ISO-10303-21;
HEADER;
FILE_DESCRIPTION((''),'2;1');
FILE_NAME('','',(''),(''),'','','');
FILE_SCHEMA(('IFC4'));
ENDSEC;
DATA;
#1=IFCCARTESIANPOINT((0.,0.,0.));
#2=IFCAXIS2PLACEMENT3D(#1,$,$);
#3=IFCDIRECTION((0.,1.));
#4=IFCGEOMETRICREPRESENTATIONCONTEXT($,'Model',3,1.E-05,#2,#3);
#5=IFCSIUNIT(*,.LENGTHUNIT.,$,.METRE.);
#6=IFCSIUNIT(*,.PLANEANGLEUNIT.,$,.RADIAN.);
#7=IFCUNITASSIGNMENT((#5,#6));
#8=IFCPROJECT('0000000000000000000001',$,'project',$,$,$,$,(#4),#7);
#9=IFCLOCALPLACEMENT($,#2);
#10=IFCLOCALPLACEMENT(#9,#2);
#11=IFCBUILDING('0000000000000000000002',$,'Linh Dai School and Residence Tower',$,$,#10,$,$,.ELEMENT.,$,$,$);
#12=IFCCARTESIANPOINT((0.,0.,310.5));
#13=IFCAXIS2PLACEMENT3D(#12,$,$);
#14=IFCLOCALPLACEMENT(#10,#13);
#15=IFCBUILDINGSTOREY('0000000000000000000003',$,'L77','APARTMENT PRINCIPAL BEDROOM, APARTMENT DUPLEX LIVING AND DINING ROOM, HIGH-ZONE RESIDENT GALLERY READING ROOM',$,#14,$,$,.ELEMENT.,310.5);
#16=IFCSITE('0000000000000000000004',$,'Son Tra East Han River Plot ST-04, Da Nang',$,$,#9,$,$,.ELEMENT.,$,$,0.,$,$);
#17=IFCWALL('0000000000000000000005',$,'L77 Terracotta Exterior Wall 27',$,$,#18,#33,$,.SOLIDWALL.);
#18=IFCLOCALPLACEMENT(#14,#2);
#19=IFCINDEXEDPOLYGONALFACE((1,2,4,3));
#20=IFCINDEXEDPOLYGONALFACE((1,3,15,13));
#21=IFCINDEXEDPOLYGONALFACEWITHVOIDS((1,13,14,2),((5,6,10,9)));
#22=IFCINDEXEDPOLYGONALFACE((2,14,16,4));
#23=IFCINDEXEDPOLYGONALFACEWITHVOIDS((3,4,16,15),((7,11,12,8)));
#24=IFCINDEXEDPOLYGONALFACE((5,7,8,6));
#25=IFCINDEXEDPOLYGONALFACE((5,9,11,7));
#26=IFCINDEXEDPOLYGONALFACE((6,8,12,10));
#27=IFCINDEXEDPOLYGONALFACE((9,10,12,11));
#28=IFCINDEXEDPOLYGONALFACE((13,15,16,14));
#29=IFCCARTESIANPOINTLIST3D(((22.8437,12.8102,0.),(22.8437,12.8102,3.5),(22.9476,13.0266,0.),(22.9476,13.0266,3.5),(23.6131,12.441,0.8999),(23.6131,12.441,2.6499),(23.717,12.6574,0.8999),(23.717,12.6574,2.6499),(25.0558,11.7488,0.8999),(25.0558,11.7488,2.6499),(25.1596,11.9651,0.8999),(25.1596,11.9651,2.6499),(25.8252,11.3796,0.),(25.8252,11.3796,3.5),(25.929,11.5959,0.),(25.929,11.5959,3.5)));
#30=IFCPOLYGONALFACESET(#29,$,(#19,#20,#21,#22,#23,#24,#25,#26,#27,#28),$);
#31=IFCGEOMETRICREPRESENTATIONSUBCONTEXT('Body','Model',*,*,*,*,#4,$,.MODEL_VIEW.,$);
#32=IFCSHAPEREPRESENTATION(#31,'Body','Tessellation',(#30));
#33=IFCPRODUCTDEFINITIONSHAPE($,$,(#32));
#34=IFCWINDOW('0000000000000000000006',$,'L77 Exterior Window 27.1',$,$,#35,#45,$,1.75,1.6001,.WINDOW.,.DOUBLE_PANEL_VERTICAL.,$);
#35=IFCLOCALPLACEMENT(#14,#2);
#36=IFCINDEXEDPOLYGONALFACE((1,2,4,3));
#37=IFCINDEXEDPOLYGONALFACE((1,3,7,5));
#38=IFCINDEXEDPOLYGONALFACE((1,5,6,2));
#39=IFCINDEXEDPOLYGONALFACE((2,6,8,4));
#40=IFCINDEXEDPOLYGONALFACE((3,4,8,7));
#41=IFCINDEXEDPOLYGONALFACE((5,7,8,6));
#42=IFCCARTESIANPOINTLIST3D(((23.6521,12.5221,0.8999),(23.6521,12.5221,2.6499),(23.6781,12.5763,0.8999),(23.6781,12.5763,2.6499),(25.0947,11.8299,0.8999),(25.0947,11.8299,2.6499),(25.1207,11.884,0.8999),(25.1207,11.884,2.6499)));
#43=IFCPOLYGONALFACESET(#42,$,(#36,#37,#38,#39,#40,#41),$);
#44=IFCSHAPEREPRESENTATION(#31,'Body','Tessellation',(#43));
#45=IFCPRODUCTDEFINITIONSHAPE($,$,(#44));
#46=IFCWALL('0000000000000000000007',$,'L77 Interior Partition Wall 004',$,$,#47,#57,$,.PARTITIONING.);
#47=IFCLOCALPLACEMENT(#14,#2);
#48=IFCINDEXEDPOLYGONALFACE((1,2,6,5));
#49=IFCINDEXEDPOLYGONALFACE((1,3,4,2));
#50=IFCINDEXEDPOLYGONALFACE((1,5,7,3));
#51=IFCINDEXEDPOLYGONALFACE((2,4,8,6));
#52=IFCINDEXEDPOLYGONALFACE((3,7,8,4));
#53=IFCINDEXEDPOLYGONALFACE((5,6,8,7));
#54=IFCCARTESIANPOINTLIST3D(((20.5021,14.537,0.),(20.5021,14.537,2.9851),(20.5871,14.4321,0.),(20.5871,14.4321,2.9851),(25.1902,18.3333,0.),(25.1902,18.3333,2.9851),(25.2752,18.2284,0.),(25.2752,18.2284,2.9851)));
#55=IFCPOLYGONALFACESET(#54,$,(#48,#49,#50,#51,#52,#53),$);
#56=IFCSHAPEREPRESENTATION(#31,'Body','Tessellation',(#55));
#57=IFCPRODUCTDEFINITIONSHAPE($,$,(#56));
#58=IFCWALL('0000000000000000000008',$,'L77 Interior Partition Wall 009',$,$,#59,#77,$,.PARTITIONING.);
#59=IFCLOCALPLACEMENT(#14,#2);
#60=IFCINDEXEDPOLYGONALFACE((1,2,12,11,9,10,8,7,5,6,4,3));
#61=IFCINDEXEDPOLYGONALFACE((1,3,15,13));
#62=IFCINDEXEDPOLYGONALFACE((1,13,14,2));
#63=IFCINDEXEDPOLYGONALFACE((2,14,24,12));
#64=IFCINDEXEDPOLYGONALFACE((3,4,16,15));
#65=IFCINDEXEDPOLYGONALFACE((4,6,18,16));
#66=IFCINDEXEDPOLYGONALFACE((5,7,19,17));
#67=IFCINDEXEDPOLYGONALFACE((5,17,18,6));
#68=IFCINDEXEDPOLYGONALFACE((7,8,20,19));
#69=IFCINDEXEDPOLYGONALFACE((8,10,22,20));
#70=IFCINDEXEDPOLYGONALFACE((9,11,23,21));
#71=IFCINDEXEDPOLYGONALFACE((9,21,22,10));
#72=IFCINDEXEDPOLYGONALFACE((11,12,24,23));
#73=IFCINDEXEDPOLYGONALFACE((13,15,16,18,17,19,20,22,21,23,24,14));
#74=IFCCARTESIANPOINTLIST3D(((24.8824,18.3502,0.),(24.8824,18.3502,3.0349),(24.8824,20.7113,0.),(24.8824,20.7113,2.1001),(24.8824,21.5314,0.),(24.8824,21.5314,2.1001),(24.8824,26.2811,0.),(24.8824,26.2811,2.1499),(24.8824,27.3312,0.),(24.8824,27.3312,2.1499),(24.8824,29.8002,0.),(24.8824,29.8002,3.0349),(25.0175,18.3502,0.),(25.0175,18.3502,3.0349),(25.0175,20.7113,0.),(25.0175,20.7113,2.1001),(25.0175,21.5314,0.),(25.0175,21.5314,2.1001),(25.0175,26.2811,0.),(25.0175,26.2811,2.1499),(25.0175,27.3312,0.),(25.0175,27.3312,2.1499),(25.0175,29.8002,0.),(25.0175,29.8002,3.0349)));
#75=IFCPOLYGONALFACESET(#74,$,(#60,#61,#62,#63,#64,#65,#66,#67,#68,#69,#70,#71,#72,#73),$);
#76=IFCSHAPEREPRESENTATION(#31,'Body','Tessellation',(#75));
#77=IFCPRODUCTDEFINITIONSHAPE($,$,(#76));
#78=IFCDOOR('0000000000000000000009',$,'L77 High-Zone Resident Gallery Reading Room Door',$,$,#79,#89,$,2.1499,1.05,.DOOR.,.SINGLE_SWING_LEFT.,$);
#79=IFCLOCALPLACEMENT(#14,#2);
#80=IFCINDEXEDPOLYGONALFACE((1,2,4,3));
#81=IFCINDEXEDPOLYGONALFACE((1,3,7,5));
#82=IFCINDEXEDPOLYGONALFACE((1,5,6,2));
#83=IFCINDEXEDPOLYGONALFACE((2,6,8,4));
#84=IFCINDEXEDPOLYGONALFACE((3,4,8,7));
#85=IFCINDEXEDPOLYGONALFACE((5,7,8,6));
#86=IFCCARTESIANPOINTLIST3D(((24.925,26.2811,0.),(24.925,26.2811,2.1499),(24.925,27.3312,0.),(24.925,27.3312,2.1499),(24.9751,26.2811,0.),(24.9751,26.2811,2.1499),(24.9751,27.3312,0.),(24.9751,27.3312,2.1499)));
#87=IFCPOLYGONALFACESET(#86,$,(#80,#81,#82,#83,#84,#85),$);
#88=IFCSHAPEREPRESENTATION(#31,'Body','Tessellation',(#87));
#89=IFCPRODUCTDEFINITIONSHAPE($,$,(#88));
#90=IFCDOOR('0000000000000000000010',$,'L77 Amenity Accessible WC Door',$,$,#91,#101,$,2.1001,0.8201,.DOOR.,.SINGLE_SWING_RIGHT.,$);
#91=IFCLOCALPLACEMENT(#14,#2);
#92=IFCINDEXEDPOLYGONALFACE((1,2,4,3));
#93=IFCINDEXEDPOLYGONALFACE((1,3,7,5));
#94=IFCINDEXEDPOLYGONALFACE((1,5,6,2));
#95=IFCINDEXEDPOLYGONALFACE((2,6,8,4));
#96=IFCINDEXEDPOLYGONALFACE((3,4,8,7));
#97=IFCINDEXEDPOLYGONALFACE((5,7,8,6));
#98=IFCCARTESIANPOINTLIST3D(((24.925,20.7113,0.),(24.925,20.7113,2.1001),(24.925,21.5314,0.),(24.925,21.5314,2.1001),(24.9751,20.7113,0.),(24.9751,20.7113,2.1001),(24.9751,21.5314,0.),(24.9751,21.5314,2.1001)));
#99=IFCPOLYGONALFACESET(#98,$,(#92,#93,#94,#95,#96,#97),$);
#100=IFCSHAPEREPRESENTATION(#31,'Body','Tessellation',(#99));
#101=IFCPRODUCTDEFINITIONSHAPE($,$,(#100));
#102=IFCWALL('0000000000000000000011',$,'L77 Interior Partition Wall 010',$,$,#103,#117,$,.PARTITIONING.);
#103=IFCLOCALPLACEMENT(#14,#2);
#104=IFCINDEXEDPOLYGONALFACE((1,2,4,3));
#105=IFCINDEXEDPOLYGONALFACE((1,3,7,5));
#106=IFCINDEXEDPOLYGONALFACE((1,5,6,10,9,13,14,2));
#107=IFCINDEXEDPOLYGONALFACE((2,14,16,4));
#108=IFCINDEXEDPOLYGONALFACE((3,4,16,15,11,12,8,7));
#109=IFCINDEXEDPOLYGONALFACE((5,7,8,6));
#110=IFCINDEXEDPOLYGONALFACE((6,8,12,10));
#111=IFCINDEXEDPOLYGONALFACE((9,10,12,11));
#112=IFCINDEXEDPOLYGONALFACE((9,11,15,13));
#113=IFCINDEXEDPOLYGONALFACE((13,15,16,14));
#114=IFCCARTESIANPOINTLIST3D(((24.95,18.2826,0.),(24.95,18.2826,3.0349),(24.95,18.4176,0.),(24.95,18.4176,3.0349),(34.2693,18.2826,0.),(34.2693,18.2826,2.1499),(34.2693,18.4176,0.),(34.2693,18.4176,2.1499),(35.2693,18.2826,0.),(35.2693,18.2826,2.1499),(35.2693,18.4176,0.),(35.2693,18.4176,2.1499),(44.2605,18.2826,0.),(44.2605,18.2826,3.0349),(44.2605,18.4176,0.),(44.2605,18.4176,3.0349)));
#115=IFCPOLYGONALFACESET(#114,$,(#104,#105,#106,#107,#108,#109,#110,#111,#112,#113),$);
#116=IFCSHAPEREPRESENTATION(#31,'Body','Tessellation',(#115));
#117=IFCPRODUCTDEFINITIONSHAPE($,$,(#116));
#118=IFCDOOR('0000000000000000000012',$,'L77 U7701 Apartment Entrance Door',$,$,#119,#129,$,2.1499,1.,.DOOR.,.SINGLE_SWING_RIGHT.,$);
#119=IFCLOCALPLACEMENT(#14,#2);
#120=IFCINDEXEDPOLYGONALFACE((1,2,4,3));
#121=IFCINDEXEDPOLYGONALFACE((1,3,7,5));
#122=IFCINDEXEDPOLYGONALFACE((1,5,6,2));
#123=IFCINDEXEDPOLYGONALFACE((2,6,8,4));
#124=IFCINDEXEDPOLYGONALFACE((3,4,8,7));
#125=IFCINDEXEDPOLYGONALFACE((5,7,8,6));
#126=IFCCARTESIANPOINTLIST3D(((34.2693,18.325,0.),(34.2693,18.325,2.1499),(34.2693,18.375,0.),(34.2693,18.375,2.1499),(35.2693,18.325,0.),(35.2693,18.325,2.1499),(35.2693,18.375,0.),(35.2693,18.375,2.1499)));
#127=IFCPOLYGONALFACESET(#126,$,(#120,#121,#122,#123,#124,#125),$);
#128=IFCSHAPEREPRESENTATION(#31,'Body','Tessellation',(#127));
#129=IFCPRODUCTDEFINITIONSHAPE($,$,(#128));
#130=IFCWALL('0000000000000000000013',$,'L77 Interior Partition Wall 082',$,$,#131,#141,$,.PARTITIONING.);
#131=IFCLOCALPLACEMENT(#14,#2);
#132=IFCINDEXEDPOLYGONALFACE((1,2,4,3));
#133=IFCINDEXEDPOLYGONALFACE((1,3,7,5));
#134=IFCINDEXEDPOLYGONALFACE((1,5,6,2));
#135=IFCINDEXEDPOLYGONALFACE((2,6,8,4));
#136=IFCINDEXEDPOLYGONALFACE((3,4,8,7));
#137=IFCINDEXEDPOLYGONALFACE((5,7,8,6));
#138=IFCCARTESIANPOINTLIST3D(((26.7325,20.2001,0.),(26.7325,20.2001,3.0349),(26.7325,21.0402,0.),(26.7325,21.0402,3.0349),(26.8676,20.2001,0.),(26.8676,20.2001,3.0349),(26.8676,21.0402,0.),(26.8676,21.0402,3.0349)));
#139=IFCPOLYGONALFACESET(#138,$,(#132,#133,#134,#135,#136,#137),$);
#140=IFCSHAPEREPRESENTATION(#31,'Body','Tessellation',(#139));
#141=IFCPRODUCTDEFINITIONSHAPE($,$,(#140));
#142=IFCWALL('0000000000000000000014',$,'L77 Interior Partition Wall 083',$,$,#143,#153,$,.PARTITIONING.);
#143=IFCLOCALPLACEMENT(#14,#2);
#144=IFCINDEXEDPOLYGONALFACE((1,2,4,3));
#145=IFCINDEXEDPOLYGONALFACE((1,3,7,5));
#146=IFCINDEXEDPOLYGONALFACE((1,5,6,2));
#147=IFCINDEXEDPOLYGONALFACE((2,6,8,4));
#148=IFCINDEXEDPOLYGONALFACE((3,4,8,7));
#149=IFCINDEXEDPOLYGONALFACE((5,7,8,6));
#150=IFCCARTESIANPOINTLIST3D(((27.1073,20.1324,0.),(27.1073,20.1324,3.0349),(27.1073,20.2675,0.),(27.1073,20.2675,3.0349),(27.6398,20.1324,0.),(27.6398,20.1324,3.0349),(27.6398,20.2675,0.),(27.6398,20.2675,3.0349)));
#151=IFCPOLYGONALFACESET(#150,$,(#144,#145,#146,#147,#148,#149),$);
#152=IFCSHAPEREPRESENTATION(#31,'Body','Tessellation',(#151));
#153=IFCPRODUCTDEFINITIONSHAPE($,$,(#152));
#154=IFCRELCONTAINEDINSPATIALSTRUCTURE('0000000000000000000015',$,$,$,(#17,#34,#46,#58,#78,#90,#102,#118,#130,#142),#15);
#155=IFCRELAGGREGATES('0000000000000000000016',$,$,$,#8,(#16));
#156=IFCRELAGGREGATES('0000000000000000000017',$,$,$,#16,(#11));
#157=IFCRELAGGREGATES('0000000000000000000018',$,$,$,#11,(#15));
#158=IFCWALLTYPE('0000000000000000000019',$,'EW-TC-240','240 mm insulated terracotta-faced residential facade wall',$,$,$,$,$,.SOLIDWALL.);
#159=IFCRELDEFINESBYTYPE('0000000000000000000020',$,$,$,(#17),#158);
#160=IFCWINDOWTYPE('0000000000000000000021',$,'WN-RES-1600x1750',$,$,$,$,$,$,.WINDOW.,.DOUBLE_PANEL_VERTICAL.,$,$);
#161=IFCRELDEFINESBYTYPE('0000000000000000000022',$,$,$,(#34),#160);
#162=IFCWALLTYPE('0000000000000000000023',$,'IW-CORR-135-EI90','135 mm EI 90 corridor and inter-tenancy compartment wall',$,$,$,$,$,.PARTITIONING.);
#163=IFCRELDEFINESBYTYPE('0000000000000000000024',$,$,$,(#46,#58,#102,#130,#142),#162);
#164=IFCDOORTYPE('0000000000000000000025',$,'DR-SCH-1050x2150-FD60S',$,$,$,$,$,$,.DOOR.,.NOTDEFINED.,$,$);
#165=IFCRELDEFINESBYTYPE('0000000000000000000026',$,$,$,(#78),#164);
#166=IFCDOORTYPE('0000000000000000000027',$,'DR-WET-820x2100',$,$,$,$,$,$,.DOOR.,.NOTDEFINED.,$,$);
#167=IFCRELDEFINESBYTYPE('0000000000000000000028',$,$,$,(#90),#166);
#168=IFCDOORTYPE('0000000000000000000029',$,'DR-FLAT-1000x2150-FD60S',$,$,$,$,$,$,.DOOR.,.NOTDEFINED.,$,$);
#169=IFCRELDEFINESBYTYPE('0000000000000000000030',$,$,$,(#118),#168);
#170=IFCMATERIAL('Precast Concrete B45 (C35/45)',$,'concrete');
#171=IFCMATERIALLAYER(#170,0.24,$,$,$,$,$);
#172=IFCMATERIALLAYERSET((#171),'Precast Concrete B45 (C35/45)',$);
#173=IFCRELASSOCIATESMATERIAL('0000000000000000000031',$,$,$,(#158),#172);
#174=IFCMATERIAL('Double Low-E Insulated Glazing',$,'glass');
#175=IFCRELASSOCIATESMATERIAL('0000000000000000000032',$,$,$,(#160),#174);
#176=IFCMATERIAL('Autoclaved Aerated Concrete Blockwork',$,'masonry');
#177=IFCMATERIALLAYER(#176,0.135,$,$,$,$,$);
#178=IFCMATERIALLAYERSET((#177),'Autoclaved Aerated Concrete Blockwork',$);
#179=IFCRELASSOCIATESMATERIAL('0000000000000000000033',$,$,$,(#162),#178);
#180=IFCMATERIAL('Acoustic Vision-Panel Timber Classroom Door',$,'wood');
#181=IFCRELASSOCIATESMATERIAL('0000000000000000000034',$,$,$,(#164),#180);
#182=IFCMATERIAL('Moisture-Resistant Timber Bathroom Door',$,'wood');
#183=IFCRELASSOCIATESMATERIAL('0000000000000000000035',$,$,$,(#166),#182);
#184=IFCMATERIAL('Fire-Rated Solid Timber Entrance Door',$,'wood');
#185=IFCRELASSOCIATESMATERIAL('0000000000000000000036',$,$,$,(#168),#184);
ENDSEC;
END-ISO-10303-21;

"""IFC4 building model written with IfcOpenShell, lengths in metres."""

from ifc_helpers import new_model, si_unit, direction, frame, frame_2d, origin, origin_2d, place, context, subcontext, project, spatial, rectangle, extrude, source, transform, mapped, material, layer, layer_set, type_object, element, fill, save


model = new_model("IFC4")

# Units and contexts
model_context = context("Model", 3, precision=1e-05, world=origin(), true_north=direction((0.0, 1.0)))
body_context = subcontext(model_context, "Body", "Model", "MODEL_VIEW")
ifc_project = project(units=[si_unit("LENGTHUNIT", "METRE"), si_unit("PLANEANGLEUNIT", "RADIAN")], contexts=[model_context])

# Site, building, storey
site_placement = place(None, origin())
site = spatial("IfcSite", under=ifc_project, at=site_placement, Name="Son Tra East Han River Plot ST-04, Da Nang", CompositionType="ELEMENT", RefElevation=0.0)
building_placement = place(site_placement, origin())
building = spatial("IfcBuilding", under=site, at=building_placement, Name="Linh Dai School and Residence Tower", CompositionType="ELEMENT")
storey_placement = place(building_placement, frame((0.0, 0.0, 310.5)))
storey = spatial("IfcBuildingStorey", under=building, at=storey_placement, Name="L77", Description="APARTMENT PRINCIPAL BEDROOM, APARTMENT DUPLEX LIVING AND DINING ROOM, HIGH-ZONE RESIDENT GALLERY READING ROOM", CompositionType="ELEMENT", Elevation=310.5)

# Shared definitions
ifc_material_1 = material(Name="Precast Concrete B45 (C35/45)", Category="concrete")

# Wall, opening, window
ifc_layer_1 = layer(ifc_material_1, 0.24)
ifc_layer_set_1 = layer_set([ifc_layer_1], Name="Precast Concrete B45 (C35/45)")
wall_type_1 = type_object("IfcWallType", Name="EW-TC-240", Description="240 mm insulated terracotta-faced residential facade wall", PredefinedType="SOLIDWALL", material=ifc_layer_set_1)
ifc_material_2 = material(Name="Double Low-E Insulated Glazing", Category="glass")
wall_1_placement = place(storey_placement, frame((25.877, 11.4878, 0.0), z_axis=(0.0, 0.0, 1.0), x_axis=(-0.901574, 0.432625, 0.0)))
wall_1 = element("IfcWall", 1, at=wall_1_placement, inside=storey, type_object=wall_type_1, Name="L77 Terracotta Exterior Wall 27", PredefinedType="SOLIDWALL", context=body_context, shape_type="SweptSolid", body=[
    extrude(rectangle(XDim=3.3069, YDim=0.24, at=frame_2d((1.6533, 0.0))), origin(), (0.0, 0.0, 1.0), 3.5),
])
opening_1_placement = place(wall_1_placement, frame((0.8533, 0.0, 0.8999)))
opening_1 = element("IfcOpeningElement", 2, at=opening_1_placement, cuts=wall_1, PredefinedType="OPENING", context=body_context, shape_type="SweptSolid", body=[
    extrude(rectangle(XDim=1.6001, YDim=1.75, at=origin_2d()), frame((0.8, 0.1299, 0.875), z_axis=(0.0, -1.0, 0.0), x_axis=(1.0, 0.0, 0.0)), (0.0, 0.0, 1.0), 0.26),
])
window_type_1 = type_object("IfcWindowType", Name="WN-RES-1600x1750", PartitioningType="DOUBLE_PANEL_VERTICAL", PredefinedType="WINDOW", material=ifc_material_2)
shared_shape_1 = source(origin(), body_context, "Body", "SweptSolid", [
    extrude(rectangle(XDim=1.6001, YDim=1.75, at=origin_2d()), frame((0.8, 0.03, 0.875), z_axis=(0.0, -1.0, 0.0), x_axis=(1.0, 0.0, 0.0)), (0.0, 0.0, 1.0), 0.0601),
])
window_1_placement = place(opening_1_placement, origin())
window_1 = element("IfcWindow", 3, at=window_1_placement, inside=storey, type_object=window_type_1, Name="L77 Exterior Window 27.1", OverallHeight=1.75, OverallWidth=1.6001, PartitioningType="DOUBLE_PANEL_VERTICAL", PredefinedType="WINDOW", context=body_context, shape_type="MappedRepresentation", body=[
    mapped(shared_shape_1, transform((0.0, 0.0, 0.0), x_axis=(1.0, 0.0, 0.0), y_axis=(0.0, 1.0, 0.0), z_axis=(0.0, 0.0, 1.0), scale=1.0)),
])
fill(opening_1, window_1)

# Wall
ifc_material_3 = material(Name="Autoclaved Aerated Concrete Blockwork", Category="masonry")
ifc_layer_2 = layer(ifc_material_3, 0.135)
ifc_layer_set_2 = layer_set([ifc_layer_2], Name="Autoclaved Aerated Concrete Blockwork")
wall_type_2 = type_object("IfcWallType", Name="IW-CORR-135-EI90", Description="135 mm EI 90 corridor and inter-tenancy compartment wall", PredefinedType="PARTITIONING", material=ifc_layer_set_2)
wall_2_placement = place(storey_placement, frame((20.5447, 14.4846, 0.0), z_axis=(0.0, 0.0, 1.0), x_axis=(0.777152, 0.629313, 0.0)))
element("IfcWall", 4, at=wall_2_placement, inside=storey, type_object=wall_type_2, Name="L77 Interior Partition Wall 004", PredefinedType="PARTITIONING", context=body_context, shape_type="SweptSolid", body=[
    extrude(rectangle(XDim=6.0325, YDim=0.135, at=frame_2d((3.0161, 0.0))), origin(), (0.0, 0.0, 1.0), 2.9851),
])

# Wall, openings, doors
wall_3_placement = place(storey_placement, frame((24.95, 18.3501, 0.0), z_axis=(0.0, 0.0, 1.0), x_axis=(0.0, 1.0, 0.0)))
wall_3 = element("IfcWall", 5, at=wall_3_placement, inside=storey, type_object=wall_type_2, Name="L77 Interior Partition Wall 009", PredefinedType="PARTITIONING", context=body_context, shape_type="SweptSolid", body=[
    extrude(rectangle(XDim=11.45, YDim=0.135, at=frame_2d((5.7251, 0.0))), origin(), (0.0, 0.0, 1.0), 3.0349),
])
opening_2_placement = place(wall_3_placement, frame((7.9312, 0.0, 0.0)))
opening_2 = element("IfcOpeningElement", 6, at=opening_2_placement, cuts=wall_3, PredefinedType="OPENING", context=body_context, shape_type="SweptSolid", body=[
    extrude(rectangle(XDim=1.05, YDim=2.1499, at=origin_2d()), frame((0.5249, 0.0776, 1.075), z_axis=(0.0, -1.0, 0.0), x_axis=(1.0, 0.0, 0.0)), (0.0, 0.0, 1.0), 0.155),
])
opening_3_placement = place(wall_3_placement, frame((2.3611, 0.0, 0.0)))
opening_3 = element("IfcOpeningElement", 7, at=opening_3_placement, cuts=wall_3, PredefinedType="OPENING", context=body_context, shape_type="SweptSolid", body=[
    extrude(rectangle(XDim=0.8201, YDim=2.1001, at=origin_2d()), frame((0.4102, 0.0776, 1.05), z_axis=(0.0, -1.0, 0.0), x_axis=(1.0, 0.0, 0.0)), (0.0, 0.0, 1.0), 0.155),
])
ifc_material_4 = material(Name="Acoustic Vision-Panel Timber Classroom Door", Category="wood")
door_type_1 = type_object("IfcDoorType", Name="DR-SCH-1050x2150-FD60S", OperationType="NOTDEFINED", PredefinedType="DOOR", material=ifc_material_4)
shared_shape_2 = source(origin(), body_context, "Body", "SweptSolid", [
    extrude(rectangle(XDim=1.05, YDim=2.1499, at=origin_2d()), frame((0.5249, 0.0249, 1.075), z_axis=(0.0, -1.0, 0.0), x_axis=(1.0, 0.0, 0.0)), (0.0, 0.0, 1.0), 0.05),
])
door_1_placement = place(opening_2_placement, origin())
door_1 = element("IfcDoor", 8, at=door_1_placement, inside=storey, type_object=door_type_1, Name="L77 High-Zone Resident Gallery Reading Room Door", OperationType="SINGLE_SWING_LEFT", OverallHeight=2.1499, OverallWidth=1.05, PredefinedType="DOOR", context=body_context, shape_type="MappedRepresentation", body=[
    mapped(shared_shape_2, transform((0.0, 0.0, 0.0), x_axis=(1.0, 0.0, 0.0), y_axis=(0.0, 1.0, 0.0), z_axis=(0.0, 0.0, 1.0), scale=1.0)),
])
fill(opening_2, door_1)
ifc_material_5 = material(Name="Moisture-Resistant Timber Bathroom Door", Category="wood")
door_type_2 = type_object("IfcDoorType", Name="DR-WET-820x2100", OperationType="NOTDEFINED", PredefinedType="DOOR", material=ifc_material_5)
shared_shape_3 = source(origin(), body_context, "Body", "SweptSolid", [
    extrude(rectangle(XDim=0.8201, YDim=2.1001, at=origin_2d()), frame((0.4102, 0.0249, 1.05), z_axis=(0.0, -1.0, 0.0), x_axis=(1.0, 0.0, 0.0)), (0.0, 0.0, 1.0), 0.05),
])
door_2_placement = place(opening_3_placement, origin())
door_2 = element("IfcDoor", 9, at=door_2_placement, inside=storey, type_object=door_type_2, Name="L77 Amenity Accessible WC Door", OperationType="SINGLE_SWING_RIGHT", OverallHeight=2.1001, OverallWidth=0.8201, PredefinedType="DOOR", context=body_context, shape_type="MappedRepresentation", body=[
    mapped(shared_shape_3, transform((0.0, 0.0, 0.0), x_axis=(1.0, 0.0, 0.0), y_axis=(0.0, 1.0, 0.0), z_axis=(0.0, 0.0, 1.0), scale=1.0)),
])
fill(opening_3, door_2)

# Wall, opening, door
wall_4_placement = place(storey_placement, frame((24.95, 18.3501, 0.0), z_axis=(0.0, 0.0, 1.0), x_axis=(1.0, 0.0, 0.0)))
wall_4 = element("IfcWall", 10, at=wall_4_placement, inside=storey, type_object=wall_type_2, Name="L77 Interior Partition Wall 010", PredefinedType="PARTITIONING", context=body_context, shape_type="SweptSolid", body=[
    extrude(rectangle(XDim=19.3105, YDim=0.135, at=frame_2d((9.6553, 0.0))), origin(), (0.0, 0.0, 1.0), 3.0349),
])
opening_4_placement = place(wall_4_placement, frame((9.3193, 0.0, 0.0)))
opening_4 = element("IfcOpeningElement", 11, at=opening_4_placement, cuts=wall_4, PredefinedType="OPENING", context=body_context, shape_type="SweptSolid", body=[
    extrude(rectangle(XDim=1.0, YDim=2.1499, at=origin_2d()), frame((0.5, 0.0776, 1.075), z_axis=(0.0, -1.0, 0.0), x_axis=(1.0, 0.0, 0.0)), (0.0, 0.0, 1.0), 0.155),
])
ifc_material_6 = material(Name="Fire-Rated Solid Timber Entrance Door", Category="wood")
door_type_3 = type_object("IfcDoorType", Name="DR-FLAT-1000x2150-FD60S", OperationType="NOTDEFINED", PredefinedType="DOOR", material=ifc_material_6)
shared_shape_4 = source(origin(), body_context, "Body", "SweptSolid", [
    extrude(rectangle(XDim=1.0, YDim=2.1499, at=origin_2d()), frame((0.5, 0.0249, 1.075), z_axis=(0.0, -1.0, 0.0), x_axis=(1.0, 0.0, 0.0)), (0.0, 0.0, 1.0), 0.05),
])
door_3_placement = place(opening_4_placement, origin())
door_3 = element("IfcDoor", 12, at=door_3_placement, inside=storey, type_object=door_type_3, Name="L77 U7701 Apartment Entrance Door", OperationType="SINGLE_SWING_RIGHT", OverallHeight=2.1499, OverallWidth=1.0, PredefinedType="DOOR", context=body_context, shape_type="MappedRepresentation", body=[
    mapped(shared_shape_4, transform((0.0, 0.0, 0.0), x_axis=(1.0, 0.0, 0.0), y_axis=(0.0, 1.0, 0.0), z_axis=(0.0, 0.0, 1.0), scale=1.0)),
])
fill(opening_4, door_3)

# Walls
wall_5_placement = place(storey_placement, frame((26.8, 21.04, 0.0), z_axis=(0.0, 0.0, 1.0), x_axis=(0.0, -1.0, 0.0)))
element("IfcWall", 13, at=wall_5_placement, inside=storey, type_object=wall_type_2, Name="L77 Interior Partition Wall 082", PredefinedType="PARTITIONING", context=body_context, shape_type="SweptSolid", body=[
    extrude(rectangle(XDim=0.8401, YDim=0.135, at=frame_2d((0.4199, 0.0))), origin(), (0.0, 0.0, 1.0), 3.0349),
])
wall_6_placement = place(storey_placement, frame((27.1074, 20.2, 0.0), z_axis=(0.0, 0.0, 1.0), x_axis=(1.0, 0.0, 0.0)))
element("IfcWall", 14, at=wall_6_placement, inside=storey, type_object=wall_type_2, Name="L77 Interior Partition Wall 083", PredefinedType="PARTITIONING", context=body_context, shape_type="SweptSolid", body=[
    extrude(rectangle(XDim=0.5325, YDim=0.135, at=frame_2d((0.2661, 0.0))), origin(), (0.0, 0.0, 1.0), 3.0349),
])

save(model, "model.ifc")
